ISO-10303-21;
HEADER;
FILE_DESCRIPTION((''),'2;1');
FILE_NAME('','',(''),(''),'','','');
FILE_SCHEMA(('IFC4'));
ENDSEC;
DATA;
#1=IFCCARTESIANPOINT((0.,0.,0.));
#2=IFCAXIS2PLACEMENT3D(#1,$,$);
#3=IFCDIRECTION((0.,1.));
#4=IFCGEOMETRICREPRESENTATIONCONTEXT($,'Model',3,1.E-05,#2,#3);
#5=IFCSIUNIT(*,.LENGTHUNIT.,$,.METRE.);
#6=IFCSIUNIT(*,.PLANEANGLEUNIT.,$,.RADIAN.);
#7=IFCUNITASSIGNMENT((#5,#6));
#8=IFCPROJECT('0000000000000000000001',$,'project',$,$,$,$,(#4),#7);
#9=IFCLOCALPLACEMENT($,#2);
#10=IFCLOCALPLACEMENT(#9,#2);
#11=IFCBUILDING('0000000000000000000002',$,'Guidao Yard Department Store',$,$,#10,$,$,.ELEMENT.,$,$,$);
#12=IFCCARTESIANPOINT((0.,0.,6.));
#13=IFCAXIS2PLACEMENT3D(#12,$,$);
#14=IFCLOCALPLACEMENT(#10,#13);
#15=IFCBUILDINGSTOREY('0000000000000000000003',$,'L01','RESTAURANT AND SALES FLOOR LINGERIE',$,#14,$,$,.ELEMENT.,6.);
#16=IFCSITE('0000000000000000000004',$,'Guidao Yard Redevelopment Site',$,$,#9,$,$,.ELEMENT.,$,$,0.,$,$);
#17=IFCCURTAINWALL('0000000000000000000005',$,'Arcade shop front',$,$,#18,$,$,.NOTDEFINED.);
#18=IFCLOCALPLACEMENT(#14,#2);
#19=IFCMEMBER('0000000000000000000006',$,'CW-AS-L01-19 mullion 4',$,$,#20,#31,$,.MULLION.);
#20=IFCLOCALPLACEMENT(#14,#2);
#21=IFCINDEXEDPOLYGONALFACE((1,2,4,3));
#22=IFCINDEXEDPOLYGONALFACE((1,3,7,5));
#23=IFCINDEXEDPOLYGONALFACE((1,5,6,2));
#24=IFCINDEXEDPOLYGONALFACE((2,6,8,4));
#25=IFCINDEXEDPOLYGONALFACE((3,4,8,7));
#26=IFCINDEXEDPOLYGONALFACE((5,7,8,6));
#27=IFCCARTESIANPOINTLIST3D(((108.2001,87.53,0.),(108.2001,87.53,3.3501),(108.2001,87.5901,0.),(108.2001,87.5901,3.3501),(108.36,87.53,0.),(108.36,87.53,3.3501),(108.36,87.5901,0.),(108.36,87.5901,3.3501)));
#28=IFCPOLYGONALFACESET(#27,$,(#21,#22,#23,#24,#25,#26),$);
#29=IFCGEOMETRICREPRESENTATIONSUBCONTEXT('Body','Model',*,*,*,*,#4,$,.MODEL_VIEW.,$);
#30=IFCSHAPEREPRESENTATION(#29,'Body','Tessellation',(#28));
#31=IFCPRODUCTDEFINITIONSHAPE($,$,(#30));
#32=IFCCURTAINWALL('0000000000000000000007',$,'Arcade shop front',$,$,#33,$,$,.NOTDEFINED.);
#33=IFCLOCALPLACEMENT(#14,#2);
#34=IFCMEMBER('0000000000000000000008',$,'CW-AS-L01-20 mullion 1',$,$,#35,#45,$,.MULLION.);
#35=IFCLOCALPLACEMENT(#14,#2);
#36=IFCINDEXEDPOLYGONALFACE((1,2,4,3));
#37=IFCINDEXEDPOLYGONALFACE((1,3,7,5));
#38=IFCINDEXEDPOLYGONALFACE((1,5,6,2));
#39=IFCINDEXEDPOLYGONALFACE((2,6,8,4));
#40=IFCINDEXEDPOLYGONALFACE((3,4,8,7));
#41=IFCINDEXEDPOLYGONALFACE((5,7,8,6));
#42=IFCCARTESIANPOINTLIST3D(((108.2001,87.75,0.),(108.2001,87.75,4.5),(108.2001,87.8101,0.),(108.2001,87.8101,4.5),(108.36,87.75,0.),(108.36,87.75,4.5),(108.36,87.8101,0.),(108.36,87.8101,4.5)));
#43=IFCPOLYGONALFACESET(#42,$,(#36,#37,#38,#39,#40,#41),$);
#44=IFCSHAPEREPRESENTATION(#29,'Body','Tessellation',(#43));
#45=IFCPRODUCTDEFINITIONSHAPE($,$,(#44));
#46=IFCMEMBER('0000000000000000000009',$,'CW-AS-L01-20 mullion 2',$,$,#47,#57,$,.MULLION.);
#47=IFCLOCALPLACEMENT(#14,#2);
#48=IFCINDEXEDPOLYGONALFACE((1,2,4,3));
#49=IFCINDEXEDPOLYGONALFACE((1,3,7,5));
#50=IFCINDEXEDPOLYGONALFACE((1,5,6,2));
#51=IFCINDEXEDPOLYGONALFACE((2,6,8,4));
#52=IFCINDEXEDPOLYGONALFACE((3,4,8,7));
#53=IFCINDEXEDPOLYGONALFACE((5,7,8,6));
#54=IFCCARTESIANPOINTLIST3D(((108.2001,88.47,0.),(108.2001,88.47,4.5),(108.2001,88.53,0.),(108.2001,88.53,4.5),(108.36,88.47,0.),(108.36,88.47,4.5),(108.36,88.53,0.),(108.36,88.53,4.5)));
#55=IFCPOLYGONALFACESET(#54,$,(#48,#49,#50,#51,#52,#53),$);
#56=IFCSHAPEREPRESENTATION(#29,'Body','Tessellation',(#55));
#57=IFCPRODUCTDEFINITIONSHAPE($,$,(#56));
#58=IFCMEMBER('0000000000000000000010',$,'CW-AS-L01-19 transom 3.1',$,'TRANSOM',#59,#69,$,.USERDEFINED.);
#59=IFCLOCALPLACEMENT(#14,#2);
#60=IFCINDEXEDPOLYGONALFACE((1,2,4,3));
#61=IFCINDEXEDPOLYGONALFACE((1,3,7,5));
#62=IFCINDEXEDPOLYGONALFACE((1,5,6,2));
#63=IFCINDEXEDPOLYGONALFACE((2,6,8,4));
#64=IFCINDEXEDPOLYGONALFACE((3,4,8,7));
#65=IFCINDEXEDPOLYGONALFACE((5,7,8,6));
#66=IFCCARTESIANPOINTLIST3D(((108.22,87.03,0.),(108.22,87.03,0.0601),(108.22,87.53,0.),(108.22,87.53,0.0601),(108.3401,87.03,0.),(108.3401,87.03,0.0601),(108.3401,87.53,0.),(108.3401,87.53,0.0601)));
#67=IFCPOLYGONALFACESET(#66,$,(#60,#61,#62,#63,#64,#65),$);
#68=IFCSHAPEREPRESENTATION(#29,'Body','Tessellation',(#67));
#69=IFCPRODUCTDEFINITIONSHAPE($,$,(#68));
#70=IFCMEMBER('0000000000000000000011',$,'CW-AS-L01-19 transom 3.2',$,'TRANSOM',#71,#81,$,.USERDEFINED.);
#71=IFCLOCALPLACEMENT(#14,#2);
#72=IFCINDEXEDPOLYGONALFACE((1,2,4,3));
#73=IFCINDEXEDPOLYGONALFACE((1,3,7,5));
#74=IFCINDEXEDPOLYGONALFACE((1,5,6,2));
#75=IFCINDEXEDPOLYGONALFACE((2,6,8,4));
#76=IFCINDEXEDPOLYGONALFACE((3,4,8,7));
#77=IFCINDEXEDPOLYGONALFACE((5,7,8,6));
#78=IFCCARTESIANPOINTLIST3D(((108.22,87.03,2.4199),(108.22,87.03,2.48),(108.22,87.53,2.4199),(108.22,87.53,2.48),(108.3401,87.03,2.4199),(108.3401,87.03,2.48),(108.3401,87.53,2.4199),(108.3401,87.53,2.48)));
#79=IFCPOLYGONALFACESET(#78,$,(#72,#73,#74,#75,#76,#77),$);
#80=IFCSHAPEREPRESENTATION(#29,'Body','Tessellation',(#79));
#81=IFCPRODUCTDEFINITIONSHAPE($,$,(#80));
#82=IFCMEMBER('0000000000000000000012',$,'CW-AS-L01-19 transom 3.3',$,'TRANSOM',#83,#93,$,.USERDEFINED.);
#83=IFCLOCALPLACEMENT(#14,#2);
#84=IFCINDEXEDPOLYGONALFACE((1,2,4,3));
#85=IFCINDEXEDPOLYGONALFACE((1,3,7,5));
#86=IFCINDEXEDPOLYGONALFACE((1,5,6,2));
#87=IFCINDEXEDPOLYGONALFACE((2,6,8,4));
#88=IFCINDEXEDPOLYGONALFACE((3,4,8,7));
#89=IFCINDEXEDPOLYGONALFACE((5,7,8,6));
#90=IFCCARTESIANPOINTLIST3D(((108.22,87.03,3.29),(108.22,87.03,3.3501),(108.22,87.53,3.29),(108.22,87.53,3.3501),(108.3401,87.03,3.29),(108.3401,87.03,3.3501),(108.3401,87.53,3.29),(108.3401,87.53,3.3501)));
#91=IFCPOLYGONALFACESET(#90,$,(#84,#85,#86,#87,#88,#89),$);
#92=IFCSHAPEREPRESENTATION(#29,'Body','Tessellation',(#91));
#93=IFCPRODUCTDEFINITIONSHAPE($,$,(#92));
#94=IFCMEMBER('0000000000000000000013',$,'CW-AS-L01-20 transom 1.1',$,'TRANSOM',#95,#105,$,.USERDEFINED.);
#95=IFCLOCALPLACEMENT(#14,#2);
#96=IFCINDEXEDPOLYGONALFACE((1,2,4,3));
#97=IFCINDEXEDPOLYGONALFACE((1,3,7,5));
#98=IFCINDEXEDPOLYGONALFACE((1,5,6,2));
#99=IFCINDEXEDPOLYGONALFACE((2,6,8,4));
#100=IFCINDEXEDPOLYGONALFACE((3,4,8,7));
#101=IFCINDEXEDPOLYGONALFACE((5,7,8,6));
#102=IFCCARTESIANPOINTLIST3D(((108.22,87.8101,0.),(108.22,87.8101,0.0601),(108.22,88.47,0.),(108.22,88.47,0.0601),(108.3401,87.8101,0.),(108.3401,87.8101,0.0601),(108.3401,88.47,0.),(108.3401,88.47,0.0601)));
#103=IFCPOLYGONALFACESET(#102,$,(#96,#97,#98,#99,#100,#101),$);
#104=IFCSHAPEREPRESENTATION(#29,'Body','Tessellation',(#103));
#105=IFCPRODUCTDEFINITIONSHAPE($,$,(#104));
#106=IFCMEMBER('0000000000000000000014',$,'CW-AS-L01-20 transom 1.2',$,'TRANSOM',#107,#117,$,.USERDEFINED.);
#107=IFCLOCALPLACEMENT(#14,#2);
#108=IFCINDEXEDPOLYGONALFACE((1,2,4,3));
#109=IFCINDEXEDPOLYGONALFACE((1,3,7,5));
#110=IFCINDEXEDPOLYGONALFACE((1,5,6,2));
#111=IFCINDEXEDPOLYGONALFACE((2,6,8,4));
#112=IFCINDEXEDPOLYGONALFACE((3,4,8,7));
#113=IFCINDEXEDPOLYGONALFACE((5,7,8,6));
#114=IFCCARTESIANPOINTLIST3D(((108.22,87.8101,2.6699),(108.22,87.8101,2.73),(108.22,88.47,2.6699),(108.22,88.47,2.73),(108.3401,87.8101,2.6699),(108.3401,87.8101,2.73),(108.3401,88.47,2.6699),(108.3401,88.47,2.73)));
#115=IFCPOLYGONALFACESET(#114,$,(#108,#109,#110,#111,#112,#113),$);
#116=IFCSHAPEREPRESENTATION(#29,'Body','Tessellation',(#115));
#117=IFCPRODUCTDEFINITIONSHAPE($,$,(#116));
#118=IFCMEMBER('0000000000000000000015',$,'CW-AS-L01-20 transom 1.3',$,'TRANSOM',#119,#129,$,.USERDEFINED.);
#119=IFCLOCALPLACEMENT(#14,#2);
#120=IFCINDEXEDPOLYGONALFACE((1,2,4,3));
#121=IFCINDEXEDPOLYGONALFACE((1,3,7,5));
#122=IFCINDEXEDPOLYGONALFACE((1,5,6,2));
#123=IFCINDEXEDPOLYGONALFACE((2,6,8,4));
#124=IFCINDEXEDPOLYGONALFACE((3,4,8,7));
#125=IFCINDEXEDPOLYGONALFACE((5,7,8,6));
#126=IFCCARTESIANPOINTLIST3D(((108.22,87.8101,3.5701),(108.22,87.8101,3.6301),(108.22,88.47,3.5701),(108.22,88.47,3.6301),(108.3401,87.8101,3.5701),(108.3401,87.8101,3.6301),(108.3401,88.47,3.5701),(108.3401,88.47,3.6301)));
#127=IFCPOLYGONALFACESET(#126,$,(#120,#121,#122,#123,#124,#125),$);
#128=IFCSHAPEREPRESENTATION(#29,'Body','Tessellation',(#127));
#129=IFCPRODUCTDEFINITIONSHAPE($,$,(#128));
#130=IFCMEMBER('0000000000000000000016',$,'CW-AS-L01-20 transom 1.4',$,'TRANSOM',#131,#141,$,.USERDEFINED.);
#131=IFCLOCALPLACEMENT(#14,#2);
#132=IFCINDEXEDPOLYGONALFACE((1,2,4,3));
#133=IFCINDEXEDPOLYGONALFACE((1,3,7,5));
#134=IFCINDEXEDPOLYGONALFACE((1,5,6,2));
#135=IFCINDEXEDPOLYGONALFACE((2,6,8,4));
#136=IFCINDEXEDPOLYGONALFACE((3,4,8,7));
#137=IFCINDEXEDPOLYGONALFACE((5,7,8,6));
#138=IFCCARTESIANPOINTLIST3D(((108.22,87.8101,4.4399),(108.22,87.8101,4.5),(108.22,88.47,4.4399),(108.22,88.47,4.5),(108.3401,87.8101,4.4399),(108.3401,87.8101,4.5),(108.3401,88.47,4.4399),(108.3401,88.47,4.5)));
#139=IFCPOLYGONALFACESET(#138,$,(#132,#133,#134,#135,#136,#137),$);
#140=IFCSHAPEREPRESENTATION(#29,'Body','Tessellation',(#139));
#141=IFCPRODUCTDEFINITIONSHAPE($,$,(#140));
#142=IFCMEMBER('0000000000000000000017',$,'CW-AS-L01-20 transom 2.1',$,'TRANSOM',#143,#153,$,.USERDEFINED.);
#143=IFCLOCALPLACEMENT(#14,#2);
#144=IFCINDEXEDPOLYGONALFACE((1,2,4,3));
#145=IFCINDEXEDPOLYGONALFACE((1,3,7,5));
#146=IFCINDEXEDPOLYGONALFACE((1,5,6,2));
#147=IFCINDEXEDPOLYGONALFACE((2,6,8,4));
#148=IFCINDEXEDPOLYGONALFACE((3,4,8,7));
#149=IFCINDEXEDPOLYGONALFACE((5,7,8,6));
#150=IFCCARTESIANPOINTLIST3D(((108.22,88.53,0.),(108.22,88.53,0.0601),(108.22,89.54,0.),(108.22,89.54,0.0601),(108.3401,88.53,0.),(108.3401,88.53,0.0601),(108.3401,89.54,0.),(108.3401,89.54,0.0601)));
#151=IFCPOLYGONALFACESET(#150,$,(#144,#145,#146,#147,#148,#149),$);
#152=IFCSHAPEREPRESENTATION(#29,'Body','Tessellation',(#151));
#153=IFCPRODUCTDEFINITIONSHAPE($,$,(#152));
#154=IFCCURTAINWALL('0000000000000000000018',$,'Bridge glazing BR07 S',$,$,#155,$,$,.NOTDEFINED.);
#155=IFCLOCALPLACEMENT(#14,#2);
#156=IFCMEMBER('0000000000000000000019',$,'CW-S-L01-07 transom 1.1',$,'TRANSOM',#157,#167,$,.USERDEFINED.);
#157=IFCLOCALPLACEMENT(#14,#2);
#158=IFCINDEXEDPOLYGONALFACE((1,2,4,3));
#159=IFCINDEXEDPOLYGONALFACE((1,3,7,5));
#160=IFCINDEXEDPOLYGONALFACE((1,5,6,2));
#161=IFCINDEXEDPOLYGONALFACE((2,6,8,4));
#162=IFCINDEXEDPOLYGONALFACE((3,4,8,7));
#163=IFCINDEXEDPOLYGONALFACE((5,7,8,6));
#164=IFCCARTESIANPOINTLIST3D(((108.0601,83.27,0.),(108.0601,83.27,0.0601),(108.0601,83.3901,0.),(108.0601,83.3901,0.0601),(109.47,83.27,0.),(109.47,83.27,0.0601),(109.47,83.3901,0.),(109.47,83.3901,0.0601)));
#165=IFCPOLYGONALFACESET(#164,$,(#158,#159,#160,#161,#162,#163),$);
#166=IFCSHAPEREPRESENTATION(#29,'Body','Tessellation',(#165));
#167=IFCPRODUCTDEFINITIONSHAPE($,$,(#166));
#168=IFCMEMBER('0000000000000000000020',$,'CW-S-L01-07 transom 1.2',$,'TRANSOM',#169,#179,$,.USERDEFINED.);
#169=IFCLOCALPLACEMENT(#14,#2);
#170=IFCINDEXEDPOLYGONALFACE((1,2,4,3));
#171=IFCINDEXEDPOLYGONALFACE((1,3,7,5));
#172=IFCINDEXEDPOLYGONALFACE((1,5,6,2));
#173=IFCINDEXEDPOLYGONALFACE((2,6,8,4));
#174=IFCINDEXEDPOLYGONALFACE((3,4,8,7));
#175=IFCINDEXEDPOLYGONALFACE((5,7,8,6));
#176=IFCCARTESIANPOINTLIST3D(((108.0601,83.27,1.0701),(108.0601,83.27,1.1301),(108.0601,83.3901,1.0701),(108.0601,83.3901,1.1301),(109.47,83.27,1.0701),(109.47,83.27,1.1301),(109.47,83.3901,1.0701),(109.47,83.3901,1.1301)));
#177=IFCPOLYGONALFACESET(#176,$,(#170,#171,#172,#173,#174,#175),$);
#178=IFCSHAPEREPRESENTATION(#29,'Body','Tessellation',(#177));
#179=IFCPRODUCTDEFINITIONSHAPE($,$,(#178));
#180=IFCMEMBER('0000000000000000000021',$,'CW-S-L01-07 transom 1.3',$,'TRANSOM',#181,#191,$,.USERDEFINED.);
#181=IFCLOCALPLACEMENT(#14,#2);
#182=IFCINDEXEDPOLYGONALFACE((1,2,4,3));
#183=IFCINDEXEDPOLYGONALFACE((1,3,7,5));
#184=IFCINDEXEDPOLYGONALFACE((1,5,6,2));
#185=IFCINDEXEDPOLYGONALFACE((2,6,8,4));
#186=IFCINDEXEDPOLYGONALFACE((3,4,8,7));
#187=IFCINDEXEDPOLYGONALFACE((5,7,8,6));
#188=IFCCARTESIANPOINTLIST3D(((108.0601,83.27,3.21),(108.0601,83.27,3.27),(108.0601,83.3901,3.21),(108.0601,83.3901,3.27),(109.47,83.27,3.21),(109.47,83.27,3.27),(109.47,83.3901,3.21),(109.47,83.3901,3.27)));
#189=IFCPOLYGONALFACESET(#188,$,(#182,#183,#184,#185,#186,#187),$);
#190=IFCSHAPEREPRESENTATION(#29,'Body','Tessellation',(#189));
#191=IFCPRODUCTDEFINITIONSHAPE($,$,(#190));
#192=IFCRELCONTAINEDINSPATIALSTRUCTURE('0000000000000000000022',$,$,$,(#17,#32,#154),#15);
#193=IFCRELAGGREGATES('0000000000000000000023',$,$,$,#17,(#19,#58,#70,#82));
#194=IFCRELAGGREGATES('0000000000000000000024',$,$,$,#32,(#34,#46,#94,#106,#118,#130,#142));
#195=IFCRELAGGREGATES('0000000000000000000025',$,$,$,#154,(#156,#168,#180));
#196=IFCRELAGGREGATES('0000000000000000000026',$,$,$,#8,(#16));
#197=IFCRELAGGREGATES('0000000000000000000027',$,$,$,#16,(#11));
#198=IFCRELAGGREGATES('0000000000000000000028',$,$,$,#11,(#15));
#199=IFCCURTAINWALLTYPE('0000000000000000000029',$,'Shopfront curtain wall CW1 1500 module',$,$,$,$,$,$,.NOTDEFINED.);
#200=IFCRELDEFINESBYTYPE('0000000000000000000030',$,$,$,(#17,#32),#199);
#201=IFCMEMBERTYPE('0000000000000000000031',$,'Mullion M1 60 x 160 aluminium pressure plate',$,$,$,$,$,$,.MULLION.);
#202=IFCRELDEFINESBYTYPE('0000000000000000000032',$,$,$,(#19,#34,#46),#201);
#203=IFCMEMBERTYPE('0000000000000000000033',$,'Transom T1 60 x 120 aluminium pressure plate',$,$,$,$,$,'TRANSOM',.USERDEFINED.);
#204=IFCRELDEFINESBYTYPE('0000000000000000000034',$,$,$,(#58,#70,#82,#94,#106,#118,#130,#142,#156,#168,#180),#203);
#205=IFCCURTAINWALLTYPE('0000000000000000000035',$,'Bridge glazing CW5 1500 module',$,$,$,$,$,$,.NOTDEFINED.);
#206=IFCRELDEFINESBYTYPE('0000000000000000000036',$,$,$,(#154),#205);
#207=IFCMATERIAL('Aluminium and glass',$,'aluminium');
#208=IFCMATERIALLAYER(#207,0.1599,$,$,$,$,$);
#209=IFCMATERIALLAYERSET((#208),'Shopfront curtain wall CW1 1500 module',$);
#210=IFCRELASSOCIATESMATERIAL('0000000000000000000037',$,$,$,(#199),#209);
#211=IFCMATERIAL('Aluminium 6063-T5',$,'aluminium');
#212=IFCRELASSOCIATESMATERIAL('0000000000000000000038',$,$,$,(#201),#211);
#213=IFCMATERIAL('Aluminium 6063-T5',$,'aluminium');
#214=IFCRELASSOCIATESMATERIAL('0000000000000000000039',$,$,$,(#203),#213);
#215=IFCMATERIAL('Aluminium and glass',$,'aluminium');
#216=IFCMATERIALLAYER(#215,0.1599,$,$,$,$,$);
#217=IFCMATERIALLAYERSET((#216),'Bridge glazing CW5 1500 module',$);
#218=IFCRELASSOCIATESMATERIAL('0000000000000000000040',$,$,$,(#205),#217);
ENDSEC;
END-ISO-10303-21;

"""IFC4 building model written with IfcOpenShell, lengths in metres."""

from ifc_helpers import new_model, si_unit, direction, frame, origin, origin_2d, place, context, subcontext, project, spatial, rectangle, extrude, material, layer, layer_set, material_profile, profile_set, type_object, element, aggregate, save


model = new_model("IFC4")

# Units and contexts
model_context = context("Model", 3, precision=1e-05, world=origin(), true_north=direction((0.0, 1.0)))
body_context = subcontext(model_context, "Body", "Model", "MODEL_VIEW")
ifc_project = project(units=[si_unit("LENGTHUNIT", "METRE"), si_unit("PLANEANGLEUNIT", "RADIAN")], contexts=[model_context])

# Site, building, storey
site_placement = place(None, origin())
site = spatial("IfcSite", under=ifc_project, at=site_placement, Name="Guidao Yard Redevelopment Site", CompositionType="ELEMENT", RefElevation=0.0)
building_placement = place(site_placement, origin())
building = spatial("IfcBuilding", under=site, at=building_placement, Name="Guidao Yard Department Store", CompositionType="ELEMENT")
storey_placement = place(building_placement, frame((0.0, 0.0, 6.0)))
storey = spatial("IfcBuildingStorey", under=building, at=storey_placement, Name="L01", Description="RESTAURANT AND SALES FLOOR LINGERIE", CompositionType="ELEMENT", Elevation=6.0)

# Curtain wall, member
ifc_material_1 = material(Name="Aluminium and glass", Category="aluminium")
ifc_layer_1 = layer(ifc_material_1, 0.1599)
ifc_layer_set_1 = layer_set([ifc_layer_1], Name="Shopfront curtain wall CW1 1500 module")
curtain_wall_type_1 = type_object("IfcCurtainWallType", Name="Shopfront curtain wall CW1 1500 module", PredefinedType="NOTDEFINED", material=ifc_layer_set_1)
curtain_wall_1_placement = place(storey_placement, origin())
curtain_wall_1 = element("IfcCurtainWall", 1, at=curtain_wall_1_placement, inside=storey, type_object=curtain_wall_type_1, Name="Arcade shop front", PredefinedType="NOTDEFINED")
ifc_material_2 = material(Name="Aluminium 6063-T5", Category="aluminium")
ifc_material_profile_1 = material_profile(ifc_material_2, rectangle(XDim=0.0601, YDim=0.1599, at=origin_2d()), Name="Mullion M1 60 x 160 aluminium pressure plate")
ifc_profile_set_1 = profile_set([ifc_material_profile_1], Name="Aluminium 6063-T5")
member_type_1 = type_object("IfcMemberType", Name="Mullion M1 60 x 160 aluminium pressure plate", PredefinedType="MULLION", material=ifc_profile_set_1)
member_1_placement = place(storey_placement, frame((108.28, 87.5601, 0.0), z_axis=(0.0, 0.0, 1.0), x_axis=(0.0, -1.0, 0.0)))
member_1 = element("IfcMember", 2, at=member_1_placement, type_object=member_type_1, Name="CW-AS-L01-19 mullion 4", PredefinedType="MULLION", context=body_context, shape_type="SweptSolid", body=[
    extrude(rectangle(XDim=0.0601, YDim=0.1599, at=origin_2d()), origin(), (0.0, 0.0, 1.0), 3.3501),
])

# Curtain wall, members
curtain_wall_2_placement = place(storey_placement, origin())
curtain_wall_2 = element("IfcCurtainWall", 3, at=curtain_wall_2_placement, inside=storey, type_object=curtain_wall_type_1, Name="Arcade shop front", PredefinedType="NOTDEFINED")
member_2_placement = place(storey_placement, frame((108.28, 87.78, 0.0), z_axis=(0.0, 0.0, 1.0), x_axis=(0.0, -1.0, 0.0)))
member_2 = element("IfcMember", 4, at=member_2_placement, type_object=member_type_1, Name="CW-AS-L01-20 mullion 1", PredefinedType="MULLION", context=body_context, shape_type="SweptSolid", body=[
    extrude(rectangle(XDim=0.0601, YDim=0.1599, at=origin_2d()), origin(), (0.0, 0.0, 1.0), 4.5),
])
member_3_placement = place(storey_placement, frame((108.28, 88.5, 0.0), z_axis=(0.0, 0.0, 1.0), x_axis=(0.0, -1.0, 0.0)))
member_3 = element("IfcMember", 5, at=member_3_placement, type_object=member_type_1, Name="CW-AS-L01-20 mullion 2", PredefinedType="MULLION", context=body_context, shape_type="SweptSolid", body=[
    extrude(rectangle(XDim=0.0601, YDim=0.1599, at=origin_2d()), origin(), (0.0, 0.0, 1.0), 4.5),
])

# Members
ifc_material_3 = material(Name="Aluminium 6063-T5", Category="aluminium")
ifc_material_profile_2 = material_profile(ifc_material_3, rectangle(XDim=0.1201, YDim=0.0601, at=origin_2d()), Name="Transom T1 60 x 120 aluminium pressure plate")
ifc_profile_set_2 = profile_set([ifc_material_profile_2], Name="Aluminium 6063-T5")
member_type_2 = type_object("IfcMemberType", Name="Transom T1 60 x 120 aluminium pressure plate", ElementType="TRANSOM", PredefinedType="USERDEFINED", material=ifc_profile_set_2)
member_4_placement = place(storey_placement, frame((108.28, 87.53, 0.03), z_axis=(0.0, -1.0, 0.0), x_axis=(1.0, 0.0, 0.0)))
member_4 = element("IfcMember", 6, at=member_4_placement, type_object=member_type_2, Name="CW-AS-L01-19 transom 3.1", ObjectType="TRANSOM", PredefinedType="USERDEFINED", context=body_context, shape_type="SweptSolid", body=[
    extrude(rectangle(XDim=0.1201, YDim=0.0601, at=origin_2d()), origin(), (0.0, 0.0, 1.0), 0.5),
])
member_5_placement = place(storey_placement, frame((108.28, 87.53, 2.45), z_axis=(0.0, -1.0, 0.0), x_axis=(1.0, 0.0, 0.0)))
member_5 = element("IfcMember", 7, at=member_5_placement, type_object=member_type_2, Name="CW-AS-L01-19 transom 3.2", ObjectType="TRANSOM", PredefinedType="USERDEFINED", context=body_context, shape_type="SweptSolid", body=[
    extrude(rectangle(XDim=0.1201, YDim=0.0601, at=origin_2d()), origin(), (0.0, 0.0, 1.0), 0.5),
])
member_6_placement = place(storey_placement, frame((108.28, 87.53, 3.3201), z_axis=(0.0, -1.0, 0.0), x_axis=(1.0, 0.0, 0.0)))
member_6 = element("IfcMember", 8, at=member_6_placement, type_object=member_type_2, Name="CW-AS-L01-19 transom 3.3", ObjectType="TRANSOM", PredefinedType="USERDEFINED", context=body_context, shape_type="SweptSolid", body=[
    extrude(rectangle(XDim=0.1201, YDim=0.0601, at=origin_2d()), origin(), (0.0, 0.0, 1.0), 0.5),
])
aggregate(curtain_wall_1, [member_1, member_4, member_5, member_6])
member_7_placement = place(storey_placement, frame((108.28, 88.47, 0.03), z_axis=(0.0, -1.0, 0.0), x_axis=(1.0, 0.0, 0.0)))
member_7 = element("IfcMember", 9, at=member_7_placement, type_object=member_type_2, Name="CW-AS-L01-20 transom 1.1", ObjectType="TRANSOM", PredefinedType="USERDEFINED", context=body_context, shape_type="SweptSolid", body=[
    extrude(rectangle(XDim=0.1201, YDim=0.0601, at=origin_2d()), origin(), (0.0, 0.0, 1.0), 0.6599),
])
member_8_placement = place(storey_placement, frame((108.28, 88.47, 2.7), z_axis=(0.0, -1.0, 0.0), x_axis=(1.0, 0.0, 0.0)))
member_8 = element("IfcMember", 10, at=member_8_placement, type_object=member_type_2, Name="CW-AS-L01-20 transom 1.2", ObjectType="TRANSOM", PredefinedType="USERDEFINED", context=body_context, shape_type="SweptSolid", body=[
    extrude(rectangle(XDim=0.1201, YDim=0.0601, at=origin_2d()), origin(), (0.0, 0.0, 1.0), 0.6599),
])
member_9_placement = place(storey_placement, frame((108.28, 88.47, 3.6001), z_axis=(0.0, -1.0, 0.0), x_axis=(1.0, 0.0, 0.0)))
member_9 = element("IfcMember", 11, at=member_9_placement, type_object=member_type_2, Name="CW-AS-L01-20 transom 1.3", ObjectType="TRANSOM", PredefinedType="USERDEFINED", context=body_context, shape_type="SweptSolid", body=[
    extrude(rectangle(XDim=0.1201, YDim=0.0601, at=origin_2d()), origin(), (0.0, 0.0, 1.0), 0.6599),
])
member_10_placement = place(storey_placement, frame((108.28, 88.47, 4.47), z_axis=(0.0, -1.0, 0.0), x_axis=(1.0, 0.0, 0.0)))
member_10 = element("IfcMember", 12, at=member_10_placement, type_object=member_type_2, Name="CW-AS-L01-20 transom 1.4", ObjectType="TRANSOM", PredefinedType="USERDEFINED", context=body_context, shape_type="SweptSolid", body=[
    extrude(rectangle(XDim=0.1201, YDim=0.0601, at=origin_2d()), origin(), (0.0, 0.0, 1.0), 0.6599),
])
member_11_placement = place(storey_placement, frame((108.28, 89.54, 0.03), z_axis=(0.0, -1.0, 0.0), x_axis=(1.0, 0.0, 0.0)))
member_11 = element("IfcMember", 13, at=member_11_placement, type_object=member_type_2, Name="CW-AS-L01-20 transom 2.1", ObjectType="TRANSOM", PredefinedType="USERDEFINED", context=body_context, shape_type="SweptSolid", body=[
    extrude(rectangle(XDim=0.1201, YDim=0.0601, at=origin_2d()), origin(), (0.0, 0.0, 1.0), 1.01),
])

# Curtain wall, members
ifc_material_4 = material(Name="Aluminium and glass", Category="aluminium")
ifc_layer_2 = layer(ifc_material_4, 0.1599)
ifc_layer_set_2 = layer_set([ifc_layer_2], Name="Bridge glazing CW5 1500 module")
curtain_wall_type_2 = type_object("IfcCurtainWallType", Name="Bridge glazing CW5 1500 module", PredefinedType="NOTDEFINED", material=ifc_layer_set_2)
curtain_wall_3_placement = place(storey_placement, origin())
curtain_wall_3 = element("IfcCurtainWall", 14, at=curtain_wall_3_placement, inside=storey, type_object=curtain_wall_type_2, Name="Bridge glazing BR07 S", PredefinedType="NOTDEFINED")
member_12_placement = place(storey_placement, frame((109.47, 83.3301, 0.03), z_axis=(-1.0, 0.0, 0.0), x_axis=(0.0, -1.0, 0.0)))
member_12 = element("IfcMember", 15, at=member_12_placement, type_object=member_type_2, Name="CW-S-L01-07 transom 1.1", ObjectType="TRANSOM", PredefinedType="USERDEFINED", context=body_context, shape_type="SweptSolid", body=[
    extrude(rectangle(XDim=0.1201, YDim=0.0601, at=origin_2d()), origin(), (0.0, 0.0, 1.0), 1.4099),
])
member_13_placement = place(storey_placement, frame((109.47, 83.3301, 1.1001), z_axis=(-1.0, 0.0, 0.0), x_axis=(0.0, -1.0, 0.0)))
member_13 = element("IfcMember", 16, at=member_13_placement, type_object=member_type_2, Name="CW-S-L01-07 transom 1.2", ObjectType="TRANSOM", PredefinedType="USERDEFINED", context=body_context, shape_type="SweptSolid", body=[
    extrude(rectangle(XDim=0.1201, YDim=0.0601, at=origin_2d()), origin(), (0.0, 0.0, 1.0), 1.4099),
])
member_14_placement = place(storey_placement, frame((109.47, 83.3301, 3.24), z_axis=(-1.0, 0.0, 0.0), x_axis=(0.0, -1.0, 0.0)))
member_14 = element("IfcMember", 17, at=member_14_placement, type_object=member_type_2, Name="CW-S-L01-07 transom 1.3", ObjectType="TRANSOM", PredefinedType="USERDEFINED", context=body_context, shape_type="SweptSolid", body=[
    extrude(rectangle(XDim=0.1201, YDim=0.0601, at=origin_2d()), origin(), (0.0, 0.0, 1.0), 1.4099),
])

aggregate(curtain_wall_2, [member_2, member_3, member_7, member_8, member_9, member_10, member_11])
aggregate(curtain_wall_3, [member_12, member_13, member_14])

save(model, "model.ifc")
